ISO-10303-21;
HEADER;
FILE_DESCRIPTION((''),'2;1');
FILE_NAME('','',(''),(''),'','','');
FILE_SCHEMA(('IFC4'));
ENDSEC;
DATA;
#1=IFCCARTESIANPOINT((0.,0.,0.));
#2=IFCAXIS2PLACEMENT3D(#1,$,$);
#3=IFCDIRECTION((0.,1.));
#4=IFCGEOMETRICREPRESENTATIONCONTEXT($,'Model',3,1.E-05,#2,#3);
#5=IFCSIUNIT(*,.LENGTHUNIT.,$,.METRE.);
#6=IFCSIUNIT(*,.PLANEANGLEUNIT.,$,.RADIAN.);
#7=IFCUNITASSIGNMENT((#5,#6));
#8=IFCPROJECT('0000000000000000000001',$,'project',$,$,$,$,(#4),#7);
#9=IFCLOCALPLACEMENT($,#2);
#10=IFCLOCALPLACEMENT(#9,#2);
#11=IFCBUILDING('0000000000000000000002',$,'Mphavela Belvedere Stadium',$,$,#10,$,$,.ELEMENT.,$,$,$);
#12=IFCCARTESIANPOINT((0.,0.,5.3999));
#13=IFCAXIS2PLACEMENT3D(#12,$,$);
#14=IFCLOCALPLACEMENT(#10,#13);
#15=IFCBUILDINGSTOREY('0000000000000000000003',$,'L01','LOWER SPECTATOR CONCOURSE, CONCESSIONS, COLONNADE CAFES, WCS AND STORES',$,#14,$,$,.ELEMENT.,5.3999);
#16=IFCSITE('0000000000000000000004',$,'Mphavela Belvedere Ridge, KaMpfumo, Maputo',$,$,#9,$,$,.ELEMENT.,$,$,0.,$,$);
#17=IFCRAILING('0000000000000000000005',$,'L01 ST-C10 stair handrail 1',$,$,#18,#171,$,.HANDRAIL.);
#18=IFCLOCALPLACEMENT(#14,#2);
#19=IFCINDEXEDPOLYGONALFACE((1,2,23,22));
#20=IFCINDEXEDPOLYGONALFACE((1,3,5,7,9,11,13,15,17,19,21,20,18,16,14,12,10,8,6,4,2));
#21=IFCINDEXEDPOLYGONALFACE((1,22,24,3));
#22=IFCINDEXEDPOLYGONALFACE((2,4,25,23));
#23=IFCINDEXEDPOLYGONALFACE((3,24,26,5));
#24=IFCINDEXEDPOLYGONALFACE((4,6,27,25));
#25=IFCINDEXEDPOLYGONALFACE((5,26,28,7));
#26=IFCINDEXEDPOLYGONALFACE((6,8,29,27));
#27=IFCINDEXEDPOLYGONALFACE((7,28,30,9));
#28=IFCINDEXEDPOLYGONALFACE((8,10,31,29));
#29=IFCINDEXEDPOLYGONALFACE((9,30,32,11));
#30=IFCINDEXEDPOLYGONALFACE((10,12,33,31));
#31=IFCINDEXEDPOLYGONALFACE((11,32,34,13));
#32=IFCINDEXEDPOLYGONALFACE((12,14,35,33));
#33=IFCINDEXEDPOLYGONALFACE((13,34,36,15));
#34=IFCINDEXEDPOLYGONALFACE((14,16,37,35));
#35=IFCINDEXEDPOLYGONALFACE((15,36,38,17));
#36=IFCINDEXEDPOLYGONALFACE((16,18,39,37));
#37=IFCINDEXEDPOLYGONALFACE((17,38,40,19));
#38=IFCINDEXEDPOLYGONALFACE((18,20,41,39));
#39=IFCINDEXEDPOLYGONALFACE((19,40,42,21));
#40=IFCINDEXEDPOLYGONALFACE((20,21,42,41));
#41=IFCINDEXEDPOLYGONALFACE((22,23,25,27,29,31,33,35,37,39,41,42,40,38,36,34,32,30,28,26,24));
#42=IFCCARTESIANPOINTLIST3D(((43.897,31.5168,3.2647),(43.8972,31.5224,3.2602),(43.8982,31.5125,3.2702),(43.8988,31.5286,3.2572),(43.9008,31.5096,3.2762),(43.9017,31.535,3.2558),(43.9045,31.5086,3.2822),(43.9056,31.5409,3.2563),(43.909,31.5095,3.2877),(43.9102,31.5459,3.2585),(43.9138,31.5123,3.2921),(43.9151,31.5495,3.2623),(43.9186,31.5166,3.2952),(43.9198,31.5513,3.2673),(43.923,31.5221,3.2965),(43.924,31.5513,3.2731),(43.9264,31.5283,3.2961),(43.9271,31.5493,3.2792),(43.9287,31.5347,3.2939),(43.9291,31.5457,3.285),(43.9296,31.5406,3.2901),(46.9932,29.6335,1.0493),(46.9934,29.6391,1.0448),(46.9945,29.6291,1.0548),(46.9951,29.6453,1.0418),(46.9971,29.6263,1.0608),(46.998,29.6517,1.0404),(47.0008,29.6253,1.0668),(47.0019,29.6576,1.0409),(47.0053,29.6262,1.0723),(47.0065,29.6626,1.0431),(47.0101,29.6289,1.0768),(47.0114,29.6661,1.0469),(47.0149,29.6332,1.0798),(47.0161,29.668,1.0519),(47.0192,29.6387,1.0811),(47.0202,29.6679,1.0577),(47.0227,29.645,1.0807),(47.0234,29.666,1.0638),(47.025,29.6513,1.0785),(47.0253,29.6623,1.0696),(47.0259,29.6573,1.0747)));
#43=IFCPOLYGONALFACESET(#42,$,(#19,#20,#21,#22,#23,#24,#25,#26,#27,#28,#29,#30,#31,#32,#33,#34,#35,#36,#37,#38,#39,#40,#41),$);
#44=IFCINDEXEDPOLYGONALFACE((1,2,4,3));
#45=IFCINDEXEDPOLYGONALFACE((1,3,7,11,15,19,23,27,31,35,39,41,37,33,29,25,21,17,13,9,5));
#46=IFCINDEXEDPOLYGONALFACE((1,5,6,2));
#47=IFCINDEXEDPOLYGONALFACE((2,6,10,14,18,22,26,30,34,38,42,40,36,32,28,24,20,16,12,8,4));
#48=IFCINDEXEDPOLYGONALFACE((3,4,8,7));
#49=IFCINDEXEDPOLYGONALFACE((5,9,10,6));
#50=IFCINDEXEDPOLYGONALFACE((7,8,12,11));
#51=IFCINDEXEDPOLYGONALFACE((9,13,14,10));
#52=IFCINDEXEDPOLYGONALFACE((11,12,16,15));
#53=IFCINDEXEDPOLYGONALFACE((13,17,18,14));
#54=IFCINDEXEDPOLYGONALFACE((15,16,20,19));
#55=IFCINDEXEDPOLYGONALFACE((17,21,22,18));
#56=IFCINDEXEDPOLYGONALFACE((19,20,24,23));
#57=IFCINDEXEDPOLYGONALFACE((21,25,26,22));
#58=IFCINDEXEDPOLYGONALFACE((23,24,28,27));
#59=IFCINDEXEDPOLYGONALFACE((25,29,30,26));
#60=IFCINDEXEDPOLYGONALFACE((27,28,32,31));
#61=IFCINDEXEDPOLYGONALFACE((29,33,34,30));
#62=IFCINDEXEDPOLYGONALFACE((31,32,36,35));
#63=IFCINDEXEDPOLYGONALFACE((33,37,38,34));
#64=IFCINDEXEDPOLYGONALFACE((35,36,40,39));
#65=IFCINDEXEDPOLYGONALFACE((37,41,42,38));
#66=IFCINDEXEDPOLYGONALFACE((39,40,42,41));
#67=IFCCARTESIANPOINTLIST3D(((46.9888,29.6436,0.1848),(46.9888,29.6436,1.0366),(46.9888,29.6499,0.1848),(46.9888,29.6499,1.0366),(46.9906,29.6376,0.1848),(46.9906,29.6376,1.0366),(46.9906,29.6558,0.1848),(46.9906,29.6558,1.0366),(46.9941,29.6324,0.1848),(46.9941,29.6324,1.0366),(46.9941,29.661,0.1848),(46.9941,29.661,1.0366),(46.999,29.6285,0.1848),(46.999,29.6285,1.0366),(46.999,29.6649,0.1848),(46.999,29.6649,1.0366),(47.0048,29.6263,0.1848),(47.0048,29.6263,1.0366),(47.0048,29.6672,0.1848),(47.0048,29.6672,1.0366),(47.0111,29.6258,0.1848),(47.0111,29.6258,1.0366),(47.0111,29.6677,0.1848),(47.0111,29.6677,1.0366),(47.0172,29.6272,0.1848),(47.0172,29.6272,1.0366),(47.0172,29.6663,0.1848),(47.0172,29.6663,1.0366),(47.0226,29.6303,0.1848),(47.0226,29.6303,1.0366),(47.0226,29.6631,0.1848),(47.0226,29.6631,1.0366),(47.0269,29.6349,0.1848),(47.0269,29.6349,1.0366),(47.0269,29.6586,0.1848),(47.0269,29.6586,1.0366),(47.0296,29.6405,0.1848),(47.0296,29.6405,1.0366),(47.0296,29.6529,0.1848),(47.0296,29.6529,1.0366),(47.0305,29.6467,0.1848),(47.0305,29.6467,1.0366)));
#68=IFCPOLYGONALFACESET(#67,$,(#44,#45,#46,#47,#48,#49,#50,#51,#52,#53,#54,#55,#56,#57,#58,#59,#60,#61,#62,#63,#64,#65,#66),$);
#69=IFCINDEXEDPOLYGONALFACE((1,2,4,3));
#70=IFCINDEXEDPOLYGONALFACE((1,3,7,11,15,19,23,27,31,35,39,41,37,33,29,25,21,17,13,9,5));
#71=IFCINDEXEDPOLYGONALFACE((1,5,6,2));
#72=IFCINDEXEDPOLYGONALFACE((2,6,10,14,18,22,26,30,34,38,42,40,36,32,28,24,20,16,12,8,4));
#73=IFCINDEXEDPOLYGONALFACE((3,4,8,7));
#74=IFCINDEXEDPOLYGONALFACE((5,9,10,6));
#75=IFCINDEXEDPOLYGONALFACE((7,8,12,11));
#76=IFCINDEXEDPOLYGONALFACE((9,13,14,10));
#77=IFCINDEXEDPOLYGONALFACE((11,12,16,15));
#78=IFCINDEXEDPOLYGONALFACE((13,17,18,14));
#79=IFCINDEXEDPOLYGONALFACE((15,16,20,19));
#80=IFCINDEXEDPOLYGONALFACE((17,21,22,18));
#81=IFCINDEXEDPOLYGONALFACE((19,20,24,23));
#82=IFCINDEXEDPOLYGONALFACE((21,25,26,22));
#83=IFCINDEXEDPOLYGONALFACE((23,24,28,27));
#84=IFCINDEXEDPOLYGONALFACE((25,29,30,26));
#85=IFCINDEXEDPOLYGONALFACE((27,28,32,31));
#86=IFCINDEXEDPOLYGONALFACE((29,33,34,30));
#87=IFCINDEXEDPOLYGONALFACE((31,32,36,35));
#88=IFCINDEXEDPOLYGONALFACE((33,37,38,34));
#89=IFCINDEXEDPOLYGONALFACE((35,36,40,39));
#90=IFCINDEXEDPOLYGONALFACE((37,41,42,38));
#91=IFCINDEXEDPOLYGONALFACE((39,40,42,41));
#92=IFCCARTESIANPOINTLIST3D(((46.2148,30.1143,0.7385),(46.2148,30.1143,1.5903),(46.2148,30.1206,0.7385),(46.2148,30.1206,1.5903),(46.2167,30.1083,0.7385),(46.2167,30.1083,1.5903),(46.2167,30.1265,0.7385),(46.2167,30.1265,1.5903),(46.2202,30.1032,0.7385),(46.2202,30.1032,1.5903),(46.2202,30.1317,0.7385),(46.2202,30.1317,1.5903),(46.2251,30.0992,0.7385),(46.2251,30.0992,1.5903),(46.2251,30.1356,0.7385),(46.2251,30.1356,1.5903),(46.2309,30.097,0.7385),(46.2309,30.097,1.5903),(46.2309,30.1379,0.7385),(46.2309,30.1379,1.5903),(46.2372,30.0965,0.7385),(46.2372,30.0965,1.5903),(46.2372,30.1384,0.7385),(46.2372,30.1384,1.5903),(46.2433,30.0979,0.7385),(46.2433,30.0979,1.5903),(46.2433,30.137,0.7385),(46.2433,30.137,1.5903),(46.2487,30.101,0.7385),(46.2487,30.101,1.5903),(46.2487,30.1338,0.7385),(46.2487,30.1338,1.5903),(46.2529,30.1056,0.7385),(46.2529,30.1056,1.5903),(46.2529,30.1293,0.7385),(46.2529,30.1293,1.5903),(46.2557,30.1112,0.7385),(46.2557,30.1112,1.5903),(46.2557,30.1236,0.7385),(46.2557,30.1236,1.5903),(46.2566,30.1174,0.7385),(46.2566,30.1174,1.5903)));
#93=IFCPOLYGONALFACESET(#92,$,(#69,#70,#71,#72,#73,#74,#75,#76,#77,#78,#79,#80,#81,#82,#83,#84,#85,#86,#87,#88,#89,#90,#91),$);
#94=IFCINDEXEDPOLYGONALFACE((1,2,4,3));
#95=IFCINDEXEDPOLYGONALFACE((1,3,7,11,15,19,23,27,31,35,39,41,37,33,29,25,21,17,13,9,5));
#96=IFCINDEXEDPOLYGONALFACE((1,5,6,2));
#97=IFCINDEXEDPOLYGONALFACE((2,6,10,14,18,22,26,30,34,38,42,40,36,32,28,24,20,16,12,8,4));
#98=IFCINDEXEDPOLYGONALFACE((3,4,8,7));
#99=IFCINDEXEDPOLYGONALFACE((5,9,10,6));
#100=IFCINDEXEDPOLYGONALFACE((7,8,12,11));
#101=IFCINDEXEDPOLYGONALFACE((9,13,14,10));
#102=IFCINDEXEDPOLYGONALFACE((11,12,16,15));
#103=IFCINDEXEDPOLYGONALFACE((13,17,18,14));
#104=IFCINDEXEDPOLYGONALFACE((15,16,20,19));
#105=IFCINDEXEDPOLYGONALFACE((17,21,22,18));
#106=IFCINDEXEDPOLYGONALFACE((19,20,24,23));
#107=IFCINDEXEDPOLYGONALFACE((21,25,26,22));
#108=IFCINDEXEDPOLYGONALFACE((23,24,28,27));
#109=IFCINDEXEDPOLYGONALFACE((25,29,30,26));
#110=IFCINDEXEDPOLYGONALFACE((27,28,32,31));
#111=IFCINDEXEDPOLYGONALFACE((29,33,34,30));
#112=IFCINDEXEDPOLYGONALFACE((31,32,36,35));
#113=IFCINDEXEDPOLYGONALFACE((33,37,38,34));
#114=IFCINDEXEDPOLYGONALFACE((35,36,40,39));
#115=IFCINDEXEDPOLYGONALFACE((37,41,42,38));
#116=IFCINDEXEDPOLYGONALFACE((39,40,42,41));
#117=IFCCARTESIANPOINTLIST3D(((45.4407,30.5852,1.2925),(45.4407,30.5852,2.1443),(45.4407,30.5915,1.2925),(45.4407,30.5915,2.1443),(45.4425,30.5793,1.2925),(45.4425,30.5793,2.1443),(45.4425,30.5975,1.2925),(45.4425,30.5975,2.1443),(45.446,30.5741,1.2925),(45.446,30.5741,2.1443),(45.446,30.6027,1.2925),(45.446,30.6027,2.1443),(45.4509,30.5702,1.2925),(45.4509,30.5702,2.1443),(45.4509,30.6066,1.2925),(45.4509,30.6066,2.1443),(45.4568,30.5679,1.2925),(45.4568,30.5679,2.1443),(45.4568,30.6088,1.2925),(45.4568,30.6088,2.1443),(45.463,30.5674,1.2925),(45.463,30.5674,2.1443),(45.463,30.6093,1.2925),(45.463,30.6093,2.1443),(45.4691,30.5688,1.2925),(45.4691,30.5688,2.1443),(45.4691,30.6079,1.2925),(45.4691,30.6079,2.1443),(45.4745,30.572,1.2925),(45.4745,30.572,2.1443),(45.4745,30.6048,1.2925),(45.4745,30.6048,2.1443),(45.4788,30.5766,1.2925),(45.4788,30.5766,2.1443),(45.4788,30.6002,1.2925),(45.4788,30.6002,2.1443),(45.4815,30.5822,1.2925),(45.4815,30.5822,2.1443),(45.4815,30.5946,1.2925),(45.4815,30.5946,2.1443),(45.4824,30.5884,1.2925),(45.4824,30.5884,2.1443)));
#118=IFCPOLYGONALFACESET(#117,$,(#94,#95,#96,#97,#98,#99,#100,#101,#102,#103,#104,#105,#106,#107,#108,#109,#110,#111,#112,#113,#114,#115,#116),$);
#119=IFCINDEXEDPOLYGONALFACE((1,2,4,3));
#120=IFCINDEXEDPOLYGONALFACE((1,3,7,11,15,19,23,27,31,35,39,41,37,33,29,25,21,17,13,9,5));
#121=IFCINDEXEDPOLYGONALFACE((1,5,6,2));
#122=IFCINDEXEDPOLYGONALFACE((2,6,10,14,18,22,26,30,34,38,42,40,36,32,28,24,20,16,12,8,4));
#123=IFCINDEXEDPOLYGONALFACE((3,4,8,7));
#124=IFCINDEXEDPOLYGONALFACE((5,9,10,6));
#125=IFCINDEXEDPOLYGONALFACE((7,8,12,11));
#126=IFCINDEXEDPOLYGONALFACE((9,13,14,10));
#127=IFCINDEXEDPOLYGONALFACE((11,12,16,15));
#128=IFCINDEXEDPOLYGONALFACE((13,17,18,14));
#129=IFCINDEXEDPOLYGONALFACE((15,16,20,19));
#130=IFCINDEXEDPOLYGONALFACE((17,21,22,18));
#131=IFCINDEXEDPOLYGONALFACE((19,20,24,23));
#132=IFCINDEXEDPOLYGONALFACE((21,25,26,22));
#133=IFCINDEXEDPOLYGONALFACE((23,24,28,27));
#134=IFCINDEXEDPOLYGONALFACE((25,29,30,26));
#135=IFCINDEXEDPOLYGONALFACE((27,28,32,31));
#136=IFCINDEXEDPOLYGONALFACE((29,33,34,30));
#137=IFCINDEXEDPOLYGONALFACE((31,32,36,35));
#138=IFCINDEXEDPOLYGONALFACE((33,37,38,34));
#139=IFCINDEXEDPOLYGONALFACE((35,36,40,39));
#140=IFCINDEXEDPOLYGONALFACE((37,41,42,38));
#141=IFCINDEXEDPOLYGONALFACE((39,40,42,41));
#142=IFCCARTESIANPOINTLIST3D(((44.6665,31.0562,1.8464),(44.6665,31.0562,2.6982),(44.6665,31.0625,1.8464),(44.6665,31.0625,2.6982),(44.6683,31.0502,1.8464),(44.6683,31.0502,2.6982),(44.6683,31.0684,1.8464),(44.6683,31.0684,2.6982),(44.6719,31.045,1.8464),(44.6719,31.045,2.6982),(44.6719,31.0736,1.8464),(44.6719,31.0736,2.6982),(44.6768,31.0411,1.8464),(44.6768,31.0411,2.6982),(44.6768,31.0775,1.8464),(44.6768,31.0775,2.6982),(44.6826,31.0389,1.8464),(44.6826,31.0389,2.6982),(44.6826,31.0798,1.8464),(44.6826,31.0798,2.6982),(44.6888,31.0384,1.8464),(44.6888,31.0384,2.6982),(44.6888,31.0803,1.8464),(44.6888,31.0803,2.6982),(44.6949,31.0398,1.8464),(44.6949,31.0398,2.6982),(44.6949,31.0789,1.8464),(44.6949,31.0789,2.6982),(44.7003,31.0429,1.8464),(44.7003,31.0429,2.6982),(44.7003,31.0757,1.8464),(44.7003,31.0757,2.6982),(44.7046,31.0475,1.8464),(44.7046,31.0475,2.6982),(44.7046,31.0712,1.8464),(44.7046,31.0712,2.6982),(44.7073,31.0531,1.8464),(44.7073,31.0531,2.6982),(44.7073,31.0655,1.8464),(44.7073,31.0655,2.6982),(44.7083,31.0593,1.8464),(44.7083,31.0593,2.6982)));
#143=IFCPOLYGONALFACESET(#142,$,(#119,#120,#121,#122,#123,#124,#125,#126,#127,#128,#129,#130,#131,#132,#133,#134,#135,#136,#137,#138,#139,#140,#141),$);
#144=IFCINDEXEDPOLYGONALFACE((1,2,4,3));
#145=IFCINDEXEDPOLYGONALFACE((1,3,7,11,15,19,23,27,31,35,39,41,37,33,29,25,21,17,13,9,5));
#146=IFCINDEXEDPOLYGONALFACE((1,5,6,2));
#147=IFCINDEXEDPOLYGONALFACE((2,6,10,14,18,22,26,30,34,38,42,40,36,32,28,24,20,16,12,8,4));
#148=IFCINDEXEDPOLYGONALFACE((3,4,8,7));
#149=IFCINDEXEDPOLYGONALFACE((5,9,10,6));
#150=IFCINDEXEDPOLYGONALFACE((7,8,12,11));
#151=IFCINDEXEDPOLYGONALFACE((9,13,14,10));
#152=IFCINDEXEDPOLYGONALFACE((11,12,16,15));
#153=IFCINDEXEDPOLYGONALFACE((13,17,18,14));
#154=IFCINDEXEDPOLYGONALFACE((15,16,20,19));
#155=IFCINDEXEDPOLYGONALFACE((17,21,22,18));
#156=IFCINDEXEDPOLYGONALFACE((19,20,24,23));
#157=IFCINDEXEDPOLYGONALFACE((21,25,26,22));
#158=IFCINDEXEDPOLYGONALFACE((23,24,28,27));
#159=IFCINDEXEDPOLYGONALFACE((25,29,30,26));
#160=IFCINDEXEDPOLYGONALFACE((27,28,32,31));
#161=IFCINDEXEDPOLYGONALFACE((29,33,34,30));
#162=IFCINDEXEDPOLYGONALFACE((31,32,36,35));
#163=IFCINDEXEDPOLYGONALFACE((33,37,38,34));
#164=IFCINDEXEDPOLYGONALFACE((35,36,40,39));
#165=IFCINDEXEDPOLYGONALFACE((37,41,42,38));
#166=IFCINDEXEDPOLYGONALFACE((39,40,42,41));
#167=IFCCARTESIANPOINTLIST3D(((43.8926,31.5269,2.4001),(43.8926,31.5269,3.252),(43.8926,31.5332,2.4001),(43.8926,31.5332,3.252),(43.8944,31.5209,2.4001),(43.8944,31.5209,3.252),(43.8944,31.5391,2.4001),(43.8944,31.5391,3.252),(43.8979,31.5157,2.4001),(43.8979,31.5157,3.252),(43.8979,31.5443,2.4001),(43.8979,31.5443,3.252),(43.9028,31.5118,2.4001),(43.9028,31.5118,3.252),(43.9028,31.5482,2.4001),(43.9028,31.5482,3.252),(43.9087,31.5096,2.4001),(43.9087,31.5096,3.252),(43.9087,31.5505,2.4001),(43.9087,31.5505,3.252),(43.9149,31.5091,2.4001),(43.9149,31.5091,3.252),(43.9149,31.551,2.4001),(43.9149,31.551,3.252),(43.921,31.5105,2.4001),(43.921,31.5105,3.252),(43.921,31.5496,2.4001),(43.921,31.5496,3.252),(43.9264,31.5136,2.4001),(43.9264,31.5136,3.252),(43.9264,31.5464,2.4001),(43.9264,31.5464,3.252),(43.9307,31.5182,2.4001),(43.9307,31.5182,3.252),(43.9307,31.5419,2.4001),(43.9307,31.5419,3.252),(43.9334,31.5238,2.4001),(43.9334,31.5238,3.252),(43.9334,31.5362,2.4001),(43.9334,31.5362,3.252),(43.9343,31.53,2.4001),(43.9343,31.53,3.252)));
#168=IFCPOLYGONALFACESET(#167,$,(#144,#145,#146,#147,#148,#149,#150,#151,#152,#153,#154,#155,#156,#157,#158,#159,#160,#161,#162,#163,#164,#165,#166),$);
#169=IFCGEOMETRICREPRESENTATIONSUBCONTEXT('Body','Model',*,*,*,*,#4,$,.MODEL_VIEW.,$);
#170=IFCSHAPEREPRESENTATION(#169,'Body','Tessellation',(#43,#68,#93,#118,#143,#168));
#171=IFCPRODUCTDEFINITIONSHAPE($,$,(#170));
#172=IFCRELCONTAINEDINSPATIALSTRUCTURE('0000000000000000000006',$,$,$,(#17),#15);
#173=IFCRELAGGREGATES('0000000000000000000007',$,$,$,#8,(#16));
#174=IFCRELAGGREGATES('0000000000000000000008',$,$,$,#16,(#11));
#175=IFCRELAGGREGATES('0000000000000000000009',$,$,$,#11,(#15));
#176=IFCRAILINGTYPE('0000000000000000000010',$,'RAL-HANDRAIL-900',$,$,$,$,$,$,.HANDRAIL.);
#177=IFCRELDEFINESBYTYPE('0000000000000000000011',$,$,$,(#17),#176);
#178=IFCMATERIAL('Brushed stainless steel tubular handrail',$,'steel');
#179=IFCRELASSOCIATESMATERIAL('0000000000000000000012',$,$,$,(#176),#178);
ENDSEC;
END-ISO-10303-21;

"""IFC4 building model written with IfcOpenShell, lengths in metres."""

from ifc_helpers import new_model, si_unit, direction, frame, origin, origin_2d, place, context, subcontext, project, spatial, circle, extrude, material, type_object, element, save


model = new_model("IFC4")

# Units and contexts
model_context = context("Model", 3, precision=1e-05, world=origin(), true_north=direction((0.0, 1.0)))
body_context = subcontext(model_context, "Body", "Model", "MODEL_VIEW")
ifc_project = project(units=[si_unit("LENGTHUNIT", "METRE"), si_unit("PLANEANGLEUNIT", "RADIAN")], contexts=[model_context])

# Site, building, storey
site_placement = place(None, origin())
site = spatial("IfcSite", under=ifc_project, at=site_placement, Name="Mphavela Belvedere Ridge, KaMpfumo, Maputo", CompositionType="ELEMENT", RefElevation=0.0)
building_placement = place(site_placement, origin())
building = spatial("IfcBuilding", under=site, at=building_placement, Name="Mphavela Belvedere Stadium", CompositionType="ELEMENT")
storey_placement = place(building_placement, frame((0.0, 0.0, 5.3999)))
storey = spatial("IfcBuildingStorey", under=building, at=storey_placement, Name="L01", Description="LOWER SPECTATOR CONCOURSE, CONCESSIONS, COLONNADE CAFES, WCS AND STORES", CompositionType="ELEMENT", Elevation=5.3999)

# Railing
ifc_material_1 = material(Name="Brushed stainless steel tubular handrail", Category="steel")
railing_type_1 = type_object("IfcRailingType", Name="RAL-HANDRAIL-900", PredefinedType="HANDRAIL", material=ifc_material_1)
railing_1_placement = place(storey_placement, frame((47.0095, 29.6467, 0.1848)))
element("IfcRailing", 1, at=railing_1_placement, inside=storey, type_object=railing_type_1, Name="L01 ST-C10 stair handrail 1", PredefinedType="HANDRAIL", context=body_context, shape_type="SweptSolid", body=[
    extrude(circle(Radius=0.0239, at=origin_2d()), frame((0.0, 0.0, 0.876), z_axis=(-0.728951, 0.443395, 0.521566), x_axis=(-0.519678, -0.854362, 0.0)), (0.0, 0.0, 1.0), 4.2476),
    extrude(circle(Radius=0.021, at=origin_2d()), origin(), (0.0, 0.0, 1.0), 0.8518),
    extrude(circle(Radius=0.021, at=origin_2d()), frame((-0.7739, 0.4707, 0.5537)), (0.0, 0.0, 1.0), 0.8518),
    extrude(circle(Radius=0.021, at=origin_2d()), frame((-1.5481, 0.9417, 1.1077)), (0.0, 0.0, 1.0), 0.8518),
    extrude(circle(Radius=0.021, at=origin_2d()), frame((-2.3223, 1.4126, 1.6616)), (0.0, 0.0, 1.0), 0.8518),
    extrude(circle(Radius=0.021, at=origin_2d()), frame((-3.0962, 1.8833, 2.2153)), (0.0, 0.0, 1.0), 0.8518),
])

save(model, "model.ifc")
